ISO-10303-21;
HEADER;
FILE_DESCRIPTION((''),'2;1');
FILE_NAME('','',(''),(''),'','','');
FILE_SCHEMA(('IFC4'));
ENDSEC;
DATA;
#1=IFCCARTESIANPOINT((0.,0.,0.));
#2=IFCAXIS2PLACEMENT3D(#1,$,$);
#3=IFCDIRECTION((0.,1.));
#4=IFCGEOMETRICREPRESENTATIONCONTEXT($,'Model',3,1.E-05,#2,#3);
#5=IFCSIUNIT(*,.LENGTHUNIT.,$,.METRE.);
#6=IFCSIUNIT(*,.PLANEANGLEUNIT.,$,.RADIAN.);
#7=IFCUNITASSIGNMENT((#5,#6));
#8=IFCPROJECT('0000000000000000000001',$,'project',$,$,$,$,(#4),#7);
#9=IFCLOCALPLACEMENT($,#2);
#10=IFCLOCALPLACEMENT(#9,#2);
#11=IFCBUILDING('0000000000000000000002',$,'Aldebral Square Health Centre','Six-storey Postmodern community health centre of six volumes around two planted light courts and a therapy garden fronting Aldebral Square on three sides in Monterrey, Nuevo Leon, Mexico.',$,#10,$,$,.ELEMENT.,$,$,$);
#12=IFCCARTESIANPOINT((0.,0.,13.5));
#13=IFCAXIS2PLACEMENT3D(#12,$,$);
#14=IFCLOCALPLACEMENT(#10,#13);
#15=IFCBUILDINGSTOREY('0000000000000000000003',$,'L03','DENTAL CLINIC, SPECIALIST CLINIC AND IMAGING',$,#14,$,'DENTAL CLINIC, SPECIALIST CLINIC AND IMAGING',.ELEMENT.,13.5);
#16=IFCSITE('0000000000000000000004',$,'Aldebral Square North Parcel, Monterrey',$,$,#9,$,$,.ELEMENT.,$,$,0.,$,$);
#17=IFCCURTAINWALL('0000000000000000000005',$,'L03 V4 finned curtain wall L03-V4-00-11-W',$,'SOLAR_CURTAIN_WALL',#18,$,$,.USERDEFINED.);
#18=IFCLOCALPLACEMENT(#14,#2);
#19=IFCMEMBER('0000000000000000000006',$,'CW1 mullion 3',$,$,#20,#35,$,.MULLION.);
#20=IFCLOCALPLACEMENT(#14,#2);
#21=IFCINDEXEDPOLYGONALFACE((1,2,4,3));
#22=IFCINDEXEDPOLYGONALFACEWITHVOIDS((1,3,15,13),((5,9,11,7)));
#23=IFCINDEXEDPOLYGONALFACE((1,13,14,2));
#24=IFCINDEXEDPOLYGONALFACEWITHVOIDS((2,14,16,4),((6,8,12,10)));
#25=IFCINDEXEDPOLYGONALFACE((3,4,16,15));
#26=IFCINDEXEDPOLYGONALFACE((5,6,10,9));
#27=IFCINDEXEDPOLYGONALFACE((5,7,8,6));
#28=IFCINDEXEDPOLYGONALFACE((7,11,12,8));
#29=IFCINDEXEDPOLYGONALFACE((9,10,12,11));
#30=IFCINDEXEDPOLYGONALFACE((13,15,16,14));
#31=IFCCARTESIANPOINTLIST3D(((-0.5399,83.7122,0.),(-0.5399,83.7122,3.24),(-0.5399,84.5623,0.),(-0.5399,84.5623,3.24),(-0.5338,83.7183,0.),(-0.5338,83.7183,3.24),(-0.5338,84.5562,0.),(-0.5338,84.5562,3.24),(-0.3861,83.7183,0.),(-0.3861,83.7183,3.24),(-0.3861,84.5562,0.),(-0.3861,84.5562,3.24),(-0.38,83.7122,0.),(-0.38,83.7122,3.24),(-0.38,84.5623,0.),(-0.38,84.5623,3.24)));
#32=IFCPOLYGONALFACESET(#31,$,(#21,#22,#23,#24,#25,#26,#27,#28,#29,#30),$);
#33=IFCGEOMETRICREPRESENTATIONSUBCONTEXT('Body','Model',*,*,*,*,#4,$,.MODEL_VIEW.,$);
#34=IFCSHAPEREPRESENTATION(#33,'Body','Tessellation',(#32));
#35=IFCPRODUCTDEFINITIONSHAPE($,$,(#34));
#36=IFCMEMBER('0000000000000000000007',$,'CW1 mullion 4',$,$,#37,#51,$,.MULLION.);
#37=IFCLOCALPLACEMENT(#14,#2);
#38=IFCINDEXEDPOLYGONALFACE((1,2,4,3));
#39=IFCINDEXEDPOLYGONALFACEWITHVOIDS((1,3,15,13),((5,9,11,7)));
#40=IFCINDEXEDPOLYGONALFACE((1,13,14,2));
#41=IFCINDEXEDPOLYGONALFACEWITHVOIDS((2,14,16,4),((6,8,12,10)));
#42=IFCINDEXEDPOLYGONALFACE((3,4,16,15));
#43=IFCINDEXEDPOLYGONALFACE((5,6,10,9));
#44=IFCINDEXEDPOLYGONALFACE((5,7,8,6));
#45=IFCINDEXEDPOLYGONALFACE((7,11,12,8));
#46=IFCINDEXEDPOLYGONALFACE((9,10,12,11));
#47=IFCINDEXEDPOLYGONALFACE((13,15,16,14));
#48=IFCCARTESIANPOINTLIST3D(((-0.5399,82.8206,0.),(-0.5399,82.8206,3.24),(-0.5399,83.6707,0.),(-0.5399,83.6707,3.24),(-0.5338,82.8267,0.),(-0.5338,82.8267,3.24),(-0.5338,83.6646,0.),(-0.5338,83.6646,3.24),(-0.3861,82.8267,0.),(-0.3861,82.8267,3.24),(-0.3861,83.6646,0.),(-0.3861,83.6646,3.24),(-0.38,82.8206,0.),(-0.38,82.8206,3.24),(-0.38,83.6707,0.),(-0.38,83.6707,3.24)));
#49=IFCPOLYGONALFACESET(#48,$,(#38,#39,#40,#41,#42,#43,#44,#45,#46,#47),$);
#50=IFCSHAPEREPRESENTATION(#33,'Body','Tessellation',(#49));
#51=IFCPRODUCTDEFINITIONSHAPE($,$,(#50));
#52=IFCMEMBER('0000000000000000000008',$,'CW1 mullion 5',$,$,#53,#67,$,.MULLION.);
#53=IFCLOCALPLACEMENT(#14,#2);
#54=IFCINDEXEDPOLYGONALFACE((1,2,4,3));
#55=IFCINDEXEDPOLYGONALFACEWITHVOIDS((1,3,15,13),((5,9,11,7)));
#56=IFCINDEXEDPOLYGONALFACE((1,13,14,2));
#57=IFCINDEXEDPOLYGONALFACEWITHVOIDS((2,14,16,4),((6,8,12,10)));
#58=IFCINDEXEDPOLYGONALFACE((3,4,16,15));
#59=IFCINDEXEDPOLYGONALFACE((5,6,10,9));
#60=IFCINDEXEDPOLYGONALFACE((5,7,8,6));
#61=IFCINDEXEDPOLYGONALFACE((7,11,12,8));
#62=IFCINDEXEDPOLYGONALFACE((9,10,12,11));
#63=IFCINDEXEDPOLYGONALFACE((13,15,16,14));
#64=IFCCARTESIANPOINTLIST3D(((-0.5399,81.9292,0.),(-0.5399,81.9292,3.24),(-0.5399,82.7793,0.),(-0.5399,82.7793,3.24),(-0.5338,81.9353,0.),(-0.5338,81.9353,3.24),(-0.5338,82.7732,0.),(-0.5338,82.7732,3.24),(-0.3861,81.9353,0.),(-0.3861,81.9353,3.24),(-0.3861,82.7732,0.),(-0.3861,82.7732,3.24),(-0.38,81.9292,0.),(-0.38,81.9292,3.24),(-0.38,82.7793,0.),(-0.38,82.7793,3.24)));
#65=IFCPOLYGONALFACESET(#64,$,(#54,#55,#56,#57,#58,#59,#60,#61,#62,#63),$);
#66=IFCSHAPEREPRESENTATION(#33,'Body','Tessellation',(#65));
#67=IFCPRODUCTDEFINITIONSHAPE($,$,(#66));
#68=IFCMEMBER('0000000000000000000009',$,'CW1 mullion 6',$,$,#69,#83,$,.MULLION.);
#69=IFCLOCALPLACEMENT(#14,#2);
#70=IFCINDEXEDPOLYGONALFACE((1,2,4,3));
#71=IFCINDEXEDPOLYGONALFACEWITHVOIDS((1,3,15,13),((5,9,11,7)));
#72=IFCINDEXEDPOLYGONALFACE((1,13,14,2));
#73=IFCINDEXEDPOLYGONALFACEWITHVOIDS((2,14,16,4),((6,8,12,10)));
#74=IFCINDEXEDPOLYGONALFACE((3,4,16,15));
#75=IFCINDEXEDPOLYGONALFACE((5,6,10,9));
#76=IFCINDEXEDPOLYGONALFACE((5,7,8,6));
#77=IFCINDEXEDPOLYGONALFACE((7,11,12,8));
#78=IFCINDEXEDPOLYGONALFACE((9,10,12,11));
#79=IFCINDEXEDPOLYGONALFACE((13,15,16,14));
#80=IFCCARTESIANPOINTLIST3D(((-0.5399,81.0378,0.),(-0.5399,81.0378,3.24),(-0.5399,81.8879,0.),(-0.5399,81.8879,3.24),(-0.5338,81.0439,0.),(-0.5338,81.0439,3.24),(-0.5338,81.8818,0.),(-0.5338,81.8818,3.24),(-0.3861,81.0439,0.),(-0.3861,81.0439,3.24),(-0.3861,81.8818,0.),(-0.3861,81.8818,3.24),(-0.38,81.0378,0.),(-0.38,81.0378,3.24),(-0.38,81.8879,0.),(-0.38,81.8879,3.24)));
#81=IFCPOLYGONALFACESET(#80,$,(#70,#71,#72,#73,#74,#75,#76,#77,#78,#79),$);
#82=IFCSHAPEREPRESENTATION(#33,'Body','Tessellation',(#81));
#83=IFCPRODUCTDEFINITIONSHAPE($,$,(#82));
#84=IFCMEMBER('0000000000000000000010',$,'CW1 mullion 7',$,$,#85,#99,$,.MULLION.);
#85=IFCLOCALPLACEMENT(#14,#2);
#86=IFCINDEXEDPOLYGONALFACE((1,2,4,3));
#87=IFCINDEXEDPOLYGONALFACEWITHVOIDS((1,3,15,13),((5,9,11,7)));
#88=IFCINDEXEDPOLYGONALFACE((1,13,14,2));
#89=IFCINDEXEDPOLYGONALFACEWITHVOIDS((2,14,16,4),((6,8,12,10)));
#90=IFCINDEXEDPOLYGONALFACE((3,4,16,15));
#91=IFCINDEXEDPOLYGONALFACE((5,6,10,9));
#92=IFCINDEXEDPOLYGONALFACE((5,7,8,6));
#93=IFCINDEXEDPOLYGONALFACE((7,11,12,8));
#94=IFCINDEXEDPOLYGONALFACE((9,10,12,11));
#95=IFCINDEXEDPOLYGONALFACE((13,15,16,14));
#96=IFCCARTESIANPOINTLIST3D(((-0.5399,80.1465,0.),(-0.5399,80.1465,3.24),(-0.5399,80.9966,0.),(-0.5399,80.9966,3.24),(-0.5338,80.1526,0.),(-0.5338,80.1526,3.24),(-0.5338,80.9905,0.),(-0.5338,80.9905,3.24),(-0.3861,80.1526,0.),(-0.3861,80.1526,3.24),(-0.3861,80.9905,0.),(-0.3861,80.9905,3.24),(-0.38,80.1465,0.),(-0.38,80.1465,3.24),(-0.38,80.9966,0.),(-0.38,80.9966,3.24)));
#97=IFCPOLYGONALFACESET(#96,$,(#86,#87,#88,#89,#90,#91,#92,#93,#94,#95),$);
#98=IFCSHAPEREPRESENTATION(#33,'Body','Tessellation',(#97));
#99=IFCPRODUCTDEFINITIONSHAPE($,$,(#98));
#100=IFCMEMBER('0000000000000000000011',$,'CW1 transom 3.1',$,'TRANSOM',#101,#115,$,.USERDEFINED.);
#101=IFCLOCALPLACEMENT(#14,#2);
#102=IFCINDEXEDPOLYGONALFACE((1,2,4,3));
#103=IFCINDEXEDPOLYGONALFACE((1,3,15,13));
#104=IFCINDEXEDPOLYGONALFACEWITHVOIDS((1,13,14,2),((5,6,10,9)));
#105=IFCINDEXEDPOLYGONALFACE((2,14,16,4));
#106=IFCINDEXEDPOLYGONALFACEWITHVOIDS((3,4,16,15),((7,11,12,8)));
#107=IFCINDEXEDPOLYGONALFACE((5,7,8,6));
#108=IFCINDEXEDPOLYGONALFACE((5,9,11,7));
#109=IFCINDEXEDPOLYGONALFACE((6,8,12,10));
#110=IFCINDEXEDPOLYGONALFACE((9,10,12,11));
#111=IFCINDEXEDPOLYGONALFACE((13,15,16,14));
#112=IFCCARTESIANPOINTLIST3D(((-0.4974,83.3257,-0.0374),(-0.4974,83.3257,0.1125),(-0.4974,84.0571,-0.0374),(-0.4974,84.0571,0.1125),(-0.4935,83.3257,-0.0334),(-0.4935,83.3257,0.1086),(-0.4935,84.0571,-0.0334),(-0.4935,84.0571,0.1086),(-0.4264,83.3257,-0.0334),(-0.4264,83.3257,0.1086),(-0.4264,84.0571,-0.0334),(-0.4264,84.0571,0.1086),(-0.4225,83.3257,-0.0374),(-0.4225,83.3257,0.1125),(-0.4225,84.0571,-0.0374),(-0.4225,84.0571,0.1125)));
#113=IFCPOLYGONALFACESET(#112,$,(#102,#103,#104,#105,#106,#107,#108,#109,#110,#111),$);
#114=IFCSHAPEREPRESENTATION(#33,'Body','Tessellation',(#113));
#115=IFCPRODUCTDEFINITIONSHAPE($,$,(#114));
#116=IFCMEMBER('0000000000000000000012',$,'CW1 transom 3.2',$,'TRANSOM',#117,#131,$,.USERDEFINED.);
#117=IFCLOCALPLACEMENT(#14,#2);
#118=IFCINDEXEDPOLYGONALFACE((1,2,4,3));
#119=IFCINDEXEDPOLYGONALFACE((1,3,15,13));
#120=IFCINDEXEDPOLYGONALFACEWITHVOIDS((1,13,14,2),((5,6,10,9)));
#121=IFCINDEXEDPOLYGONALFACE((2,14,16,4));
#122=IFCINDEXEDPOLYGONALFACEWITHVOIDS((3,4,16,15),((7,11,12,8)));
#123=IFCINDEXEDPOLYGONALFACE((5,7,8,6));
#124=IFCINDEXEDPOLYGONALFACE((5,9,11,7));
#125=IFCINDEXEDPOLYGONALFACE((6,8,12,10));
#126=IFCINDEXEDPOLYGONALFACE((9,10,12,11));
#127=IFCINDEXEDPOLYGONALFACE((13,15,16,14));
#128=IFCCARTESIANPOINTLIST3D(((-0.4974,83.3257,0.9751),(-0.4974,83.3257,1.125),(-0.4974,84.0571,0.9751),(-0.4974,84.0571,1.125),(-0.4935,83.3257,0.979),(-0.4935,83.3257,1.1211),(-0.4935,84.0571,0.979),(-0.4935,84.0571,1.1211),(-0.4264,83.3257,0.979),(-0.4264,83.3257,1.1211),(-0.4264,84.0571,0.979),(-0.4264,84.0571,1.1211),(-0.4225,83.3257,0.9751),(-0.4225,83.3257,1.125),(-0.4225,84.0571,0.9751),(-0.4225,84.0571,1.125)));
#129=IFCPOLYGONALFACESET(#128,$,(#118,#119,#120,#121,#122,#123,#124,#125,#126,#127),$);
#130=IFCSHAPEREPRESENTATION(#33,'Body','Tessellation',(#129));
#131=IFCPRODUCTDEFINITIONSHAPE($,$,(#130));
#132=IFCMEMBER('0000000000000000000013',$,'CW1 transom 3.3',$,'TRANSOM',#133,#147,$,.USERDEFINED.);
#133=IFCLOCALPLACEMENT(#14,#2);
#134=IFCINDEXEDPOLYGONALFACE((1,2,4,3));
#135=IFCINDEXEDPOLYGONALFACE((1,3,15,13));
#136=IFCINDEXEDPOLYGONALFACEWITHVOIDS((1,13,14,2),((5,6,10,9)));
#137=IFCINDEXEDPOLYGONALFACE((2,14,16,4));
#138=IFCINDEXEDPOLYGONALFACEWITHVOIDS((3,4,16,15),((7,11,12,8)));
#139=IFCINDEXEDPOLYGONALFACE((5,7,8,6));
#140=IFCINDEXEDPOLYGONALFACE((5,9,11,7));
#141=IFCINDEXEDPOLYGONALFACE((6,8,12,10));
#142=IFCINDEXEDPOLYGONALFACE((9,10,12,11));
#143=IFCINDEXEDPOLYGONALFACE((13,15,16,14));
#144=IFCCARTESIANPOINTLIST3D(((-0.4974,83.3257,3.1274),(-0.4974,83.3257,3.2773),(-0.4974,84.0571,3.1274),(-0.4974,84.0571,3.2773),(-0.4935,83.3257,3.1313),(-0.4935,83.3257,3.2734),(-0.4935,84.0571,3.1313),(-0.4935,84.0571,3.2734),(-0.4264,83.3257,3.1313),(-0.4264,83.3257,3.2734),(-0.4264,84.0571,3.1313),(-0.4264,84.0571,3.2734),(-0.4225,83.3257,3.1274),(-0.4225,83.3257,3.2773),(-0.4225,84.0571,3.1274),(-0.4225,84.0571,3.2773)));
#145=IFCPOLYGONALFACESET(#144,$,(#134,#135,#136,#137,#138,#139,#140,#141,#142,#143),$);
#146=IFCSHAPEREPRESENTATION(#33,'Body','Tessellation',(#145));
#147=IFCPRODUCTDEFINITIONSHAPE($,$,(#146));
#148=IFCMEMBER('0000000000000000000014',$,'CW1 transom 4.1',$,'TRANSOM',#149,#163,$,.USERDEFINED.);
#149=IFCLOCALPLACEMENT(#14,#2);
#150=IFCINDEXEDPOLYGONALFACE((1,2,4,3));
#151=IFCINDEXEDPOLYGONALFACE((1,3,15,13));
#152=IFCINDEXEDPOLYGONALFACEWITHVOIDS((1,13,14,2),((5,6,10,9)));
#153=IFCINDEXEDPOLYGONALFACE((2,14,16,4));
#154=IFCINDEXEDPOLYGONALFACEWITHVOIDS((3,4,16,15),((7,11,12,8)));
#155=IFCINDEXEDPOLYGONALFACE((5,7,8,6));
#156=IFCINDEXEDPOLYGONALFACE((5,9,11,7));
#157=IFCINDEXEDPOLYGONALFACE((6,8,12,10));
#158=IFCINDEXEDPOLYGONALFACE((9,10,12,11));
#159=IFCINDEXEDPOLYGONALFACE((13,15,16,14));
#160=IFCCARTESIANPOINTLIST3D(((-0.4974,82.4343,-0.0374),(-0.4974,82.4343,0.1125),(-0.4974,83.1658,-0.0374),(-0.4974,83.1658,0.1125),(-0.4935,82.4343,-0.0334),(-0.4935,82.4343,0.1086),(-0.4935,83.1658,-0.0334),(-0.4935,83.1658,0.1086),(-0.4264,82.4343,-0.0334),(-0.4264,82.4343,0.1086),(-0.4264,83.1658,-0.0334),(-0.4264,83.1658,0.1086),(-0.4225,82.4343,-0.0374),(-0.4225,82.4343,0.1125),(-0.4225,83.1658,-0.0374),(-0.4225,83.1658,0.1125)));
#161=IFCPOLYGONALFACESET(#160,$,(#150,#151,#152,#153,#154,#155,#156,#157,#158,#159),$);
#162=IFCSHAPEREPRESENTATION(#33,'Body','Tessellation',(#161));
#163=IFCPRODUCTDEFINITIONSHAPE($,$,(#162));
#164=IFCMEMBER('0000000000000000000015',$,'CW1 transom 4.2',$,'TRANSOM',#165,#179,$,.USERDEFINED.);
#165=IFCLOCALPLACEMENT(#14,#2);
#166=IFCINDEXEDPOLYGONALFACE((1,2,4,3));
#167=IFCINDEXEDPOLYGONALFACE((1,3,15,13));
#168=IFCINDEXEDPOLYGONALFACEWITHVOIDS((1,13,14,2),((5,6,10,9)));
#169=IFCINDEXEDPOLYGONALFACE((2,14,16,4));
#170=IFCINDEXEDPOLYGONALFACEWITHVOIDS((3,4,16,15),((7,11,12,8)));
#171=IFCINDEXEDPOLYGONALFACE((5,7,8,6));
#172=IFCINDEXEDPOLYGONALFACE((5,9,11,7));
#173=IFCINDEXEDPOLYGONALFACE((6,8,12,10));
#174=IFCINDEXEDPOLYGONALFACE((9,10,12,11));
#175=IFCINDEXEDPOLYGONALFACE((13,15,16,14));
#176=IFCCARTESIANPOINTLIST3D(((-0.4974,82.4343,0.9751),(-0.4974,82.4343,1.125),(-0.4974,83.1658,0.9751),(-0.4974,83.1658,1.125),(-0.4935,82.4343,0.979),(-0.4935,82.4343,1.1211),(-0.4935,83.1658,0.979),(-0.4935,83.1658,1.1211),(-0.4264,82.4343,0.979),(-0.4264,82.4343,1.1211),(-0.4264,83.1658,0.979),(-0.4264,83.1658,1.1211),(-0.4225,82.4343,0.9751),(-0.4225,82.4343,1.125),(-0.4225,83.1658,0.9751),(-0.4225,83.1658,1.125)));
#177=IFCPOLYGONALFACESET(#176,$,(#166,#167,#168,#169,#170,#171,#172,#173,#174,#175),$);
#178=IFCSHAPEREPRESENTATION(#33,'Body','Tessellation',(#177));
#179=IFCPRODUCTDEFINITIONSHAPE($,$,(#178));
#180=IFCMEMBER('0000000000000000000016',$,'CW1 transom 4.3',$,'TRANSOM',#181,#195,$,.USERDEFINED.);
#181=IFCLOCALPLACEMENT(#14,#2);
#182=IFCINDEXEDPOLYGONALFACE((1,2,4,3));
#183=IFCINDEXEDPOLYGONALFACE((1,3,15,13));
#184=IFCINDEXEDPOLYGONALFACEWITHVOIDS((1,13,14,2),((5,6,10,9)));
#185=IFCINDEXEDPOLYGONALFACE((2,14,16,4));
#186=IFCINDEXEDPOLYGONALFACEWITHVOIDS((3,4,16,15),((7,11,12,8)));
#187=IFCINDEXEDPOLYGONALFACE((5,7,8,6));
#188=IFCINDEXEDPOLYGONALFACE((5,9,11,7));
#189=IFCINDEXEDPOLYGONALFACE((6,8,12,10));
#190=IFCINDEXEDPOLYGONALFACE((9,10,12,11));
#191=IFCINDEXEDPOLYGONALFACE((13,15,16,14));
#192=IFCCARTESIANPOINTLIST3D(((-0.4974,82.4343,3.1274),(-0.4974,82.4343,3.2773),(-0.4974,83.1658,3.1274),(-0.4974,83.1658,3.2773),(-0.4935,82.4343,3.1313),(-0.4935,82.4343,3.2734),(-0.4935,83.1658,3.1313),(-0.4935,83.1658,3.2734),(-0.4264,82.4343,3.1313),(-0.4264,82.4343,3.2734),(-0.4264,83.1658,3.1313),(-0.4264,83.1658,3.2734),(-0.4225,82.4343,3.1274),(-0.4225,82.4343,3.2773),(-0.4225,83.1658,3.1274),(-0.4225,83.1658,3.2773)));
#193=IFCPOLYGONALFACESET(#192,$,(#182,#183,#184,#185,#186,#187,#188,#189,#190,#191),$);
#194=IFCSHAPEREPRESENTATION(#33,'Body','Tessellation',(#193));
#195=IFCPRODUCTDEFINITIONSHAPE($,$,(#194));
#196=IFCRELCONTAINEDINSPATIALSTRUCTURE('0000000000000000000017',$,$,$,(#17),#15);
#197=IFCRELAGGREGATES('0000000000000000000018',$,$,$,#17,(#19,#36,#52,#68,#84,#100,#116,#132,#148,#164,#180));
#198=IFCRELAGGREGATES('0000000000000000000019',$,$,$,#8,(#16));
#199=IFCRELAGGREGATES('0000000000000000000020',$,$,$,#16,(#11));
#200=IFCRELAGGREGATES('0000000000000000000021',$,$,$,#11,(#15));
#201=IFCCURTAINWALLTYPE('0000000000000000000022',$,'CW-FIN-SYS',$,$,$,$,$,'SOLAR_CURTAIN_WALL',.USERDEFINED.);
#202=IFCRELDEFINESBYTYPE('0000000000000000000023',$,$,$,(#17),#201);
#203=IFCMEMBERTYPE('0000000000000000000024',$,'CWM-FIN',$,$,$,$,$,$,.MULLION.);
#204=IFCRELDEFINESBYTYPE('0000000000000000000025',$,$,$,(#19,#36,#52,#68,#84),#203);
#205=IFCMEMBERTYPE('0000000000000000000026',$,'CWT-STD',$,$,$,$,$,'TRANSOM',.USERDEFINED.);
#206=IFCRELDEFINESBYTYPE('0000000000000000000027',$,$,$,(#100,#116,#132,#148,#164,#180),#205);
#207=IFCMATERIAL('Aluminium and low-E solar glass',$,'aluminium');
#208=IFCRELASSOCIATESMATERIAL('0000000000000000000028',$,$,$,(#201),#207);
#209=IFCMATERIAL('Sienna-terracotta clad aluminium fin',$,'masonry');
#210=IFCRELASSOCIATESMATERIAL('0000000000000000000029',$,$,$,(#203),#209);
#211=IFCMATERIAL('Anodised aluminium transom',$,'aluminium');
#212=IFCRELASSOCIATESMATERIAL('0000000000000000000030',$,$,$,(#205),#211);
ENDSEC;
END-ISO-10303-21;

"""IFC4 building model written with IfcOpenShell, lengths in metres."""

from ifc_helpers import new_model, si_unit, direction, frame, origin, origin_2d, place, context, subcontext, project, spatial, hollow_rectangle, extrude, material, material_profile, profile_set, type_object, element, aggregate, save


model = new_model("IFC4")

# Units and contexts
model_context = context("Model", 3, precision=1e-05, world=origin(), true_north=direction((0.0, 1.0)))
body_context = subcontext(model_context, "Body", "Model", "MODEL_VIEW")
ifc_project = project(units=[si_unit("LENGTHUNIT", "METRE"), si_unit("PLANEANGLEUNIT", "RADIAN")], contexts=[model_context])

# Site, building, storey
site_placement = place(None, origin())
site = spatial("IfcSite", under=ifc_project, at=site_placement, Name="Aldebral Square North Parcel, Monterrey", CompositionType="ELEMENT", RefElevation=0.0)
building_placement = place(site_placement, origin())
building = spatial("IfcBuilding", under=site, at=building_placement, Name="Aldebral Square Health Centre", Description="Six-storey Postmodern community health centre of six volumes around two planted light courts and a therapy garden fronting Aldebral Square on three sides in Monterrey, Nuevo Leon, Mexico.", CompositionType="ELEMENT")
storey_placement = place(building_placement, frame((0.0, 0.0, 13.5)))
storey = spatial("IfcBuildingStorey", under=building, at=storey_placement, Name="L03", Description="DENTAL CLINIC, SPECIALIST CLINIC AND IMAGING", LongName="DENTAL CLINIC, SPECIALIST CLINIC AND IMAGING", CompositionType="ELEMENT", Elevation=13.5)

# Curtain wall, members
ifc_material_1 = material(Name="Aluminium and low-E solar glass", Category="aluminium")
curtain_wall_type = type_object("IfcCurtainWallType", Name="CW-FIN-SYS", ElementType="SOLAR_CURTAIN_WALL", PredefinedType="USERDEFINED", material=ifc_material_1)
curtain_wall_placement = place(storey_placement, origin())
curtain_wall = element("IfcCurtainWall", 1, at=curtain_wall_placement, inside=storey, type_object=curtain_wall_type, Name="L03 V4 finned curtain wall L03-V4-00-11-W", ObjectType="SOLAR_CURTAIN_WALL", PredefinedType="USERDEFINED")
ifc_material_2 = material(Name="Sienna-terracotta clad aluminium fin", Category="masonry")
ifc_material_profile_1 = material_profile(ifc_material_2, hollow_rectangle(XDim=0.1599, YDim=0.8501, WallThickness=0.0061, at=origin_2d()), Name="FIN 160x850x6")
ifc_profile_set_1 = profile_set([ifc_material_profile_1], Name="Sienna-terracotta clad aluminium fin")
member_type_1 = type_object("IfcMemberType", Name="CWM-FIN", PredefinedType="MULLION", material=ifc_profile_set_1)
member_1_placement = place(storey_placement, frame((-0.46, 84.1372, 0.0), z_axis=(0.0, 0.0, 1.0), x_axis=(1.0, 0.0, 0.0)))
member_1 = element("IfcMember", 2, at=member_1_placement, type_object=member_type_1, Name="CW1 mullion 3", PredefinedType="MULLION", context=body_context, shape_type="SweptSolid", body=[
    extrude(hollow_rectangle(XDim=0.1599, YDim=0.8501, WallThickness=0.0061, at=origin_2d()), origin(), (0.0, 0.0, 1.0), 3.24),
])
member_2_placement = place(storey_placement, frame((-0.46, 83.2456, 0.0), z_axis=(0.0, 0.0, 1.0), x_axis=(1.0, 0.0, 0.0)))
member_2 = element("IfcMember", 3, at=member_2_placement, type_object=member_type_1, Name="CW1 mullion 4", PredefinedType="MULLION", context=body_context, shape_type="SweptSolid", body=[
    extrude(hollow_rectangle(XDim=0.1599, YDim=0.8501, WallThickness=0.0061, at=origin_2d()), origin(), (0.0, 0.0, 1.0), 3.24),
])
member_3_placement = place(storey_placement, frame((-0.46, 82.3542, 0.0), z_axis=(0.0, 0.0, 1.0), x_axis=(1.0, 0.0, 0.0)))
member_3 = element("IfcMember", 4, at=member_3_placement, type_object=member_type_1, Name="CW1 mullion 5", PredefinedType="MULLION", context=body_context, shape_type="SweptSolid", body=[
    extrude(hollow_rectangle(XDim=0.1599, YDim=0.8501, WallThickness=0.0061, at=origin_2d()), origin(), (0.0, 0.0, 1.0), 3.24),
])
member_4_placement = place(storey_placement, frame((-0.46, 81.4629, 0.0), z_axis=(0.0, 0.0, 1.0), x_axis=(1.0, 0.0, 0.0)))
member_4 = element("IfcMember", 5, at=member_4_placement, type_object=member_type_1, Name="CW1 mullion 6", PredefinedType="MULLION", context=body_context, shape_type="SweptSolid", body=[
    extrude(hollow_rectangle(XDim=0.1599, YDim=0.8501, WallThickness=0.0061, at=origin_2d()), origin(), (0.0, 0.0, 1.0), 3.24),
])
member_5_placement = place(storey_placement, frame((-0.46, 80.5715, 0.0), z_axis=(0.0, 0.0, 1.0), x_axis=(1.0, 0.0, 0.0)))
member_5 = element("IfcMember", 6, at=member_5_placement, type_object=member_type_1, Name="CW1 mullion 7", PredefinedType="MULLION", context=body_context, shape_type="SweptSolid", body=[
    extrude(hollow_rectangle(XDim=0.1599, YDim=0.8501, WallThickness=0.0061, at=origin_2d()), origin(), (0.0, 0.0, 1.0), 3.24),
])
ifc_material_3 = material(Name="Anodised aluminium transom", Category="aluminium")
ifc_material_profile_2 = material_profile(ifc_material_3, hollow_rectangle(XDim=0.075, YDim=0.1499, WallThickness=0.0039, at=origin_2d()), Name="CWT 75x150x4")
ifc_profile_set_2 = profile_set([ifc_material_profile_2], Name="Anodised aluminium transom")
member_type_2 = type_object("IfcMemberType", Name="CWT-STD", ElementType="TRANSOM", PredefinedType="USERDEFINED", material=ifc_profile_set_2)
member_6_placement = place(storey_placement, frame((-0.46, 84.0571, 0.0376), z_axis=(0.0, -1.0, 0.0), x_axis=(1.0, 0.0, 0.0)))
member_6 = element("IfcMember", 7, at=member_6_placement, type_object=member_type_2, Name="CW1 transom 3.1", ObjectType="TRANSOM", PredefinedType="USERDEFINED", context=body_context, shape_type="SweptSolid", body=[
    extrude(hollow_rectangle(XDim=0.075, YDim=0.1499, WallThickness=0.0039, at=origin_2d()), origin(), (0.0, 0.0, 1.0), 0.7314),
])
member_7_placement = place(storey_placement, frame((-0.46, 84.0571, 1.05), z_axis=(0.0, -1.0, 0.0), x_axis=(1.0, 0.0, 0.0)))
member_7 = element("IfcMember", 8, at=member_7_placement, type_object=member_type_2, Name="CW1 transom 3.2", ObjectType="TRANSOM", PredefinedType="USERDEFINED", context=body_context, shape_type="SweptSolid", body=[
    extrude(hollow_rectangle(XDim=0.075, YDim=0.1499, WallThickness=0.0039, at=origin_2d()), origin(), (0.0, 0.0, 1.0), 0.7314),
])
member_8_placement = place(storey_placement, frame((-0.46, 84.0571, 3.2024), z_axis=(0.0, -1.0, 0.0), x_axis=(1.0, 0.0, 0.0)))
member_8 = element("IfcMember", 9, at=member_8_placement, type_object=member_type_2, Name="CW1 transom 3.3", ObjectType="TRANSOM", PredefinedType="USERDEFINED", context=body_context, shape_type="SweptSolid", body=[
    extrude(hollow_rectangle(XDim=0.075, YDim=0.1499, WallThickness=0.0039, at=origin_2d()), origin(), (0.0, 0.0, 1.0), 0.7314),
])
member_9_placement = place(storey_placement, frame((-0.46, 83.1658, 0.0376), z_axis=(0.0, -1.0, 0.0), x_axis=(1.0, 0.0, 0.0)))
member_9 = element("IfcMember", 10, at=member_9_placement, type_object=member_type_2, Name="CW1 transom 4.1", ObjectType="TRANSOM", PredefinedType="USERDEFINED", context=body_context, shape_type="SweptSolid", body=[
    extrude(hollow_rectangle(XDim=0.075, YDim=0.1499, WallThickness=0.0039, at=origin_2d()), origin(), (0.0, 0.0, 1.0), 0.7314),
])
member_10_placement = place(storey_placement, frame((-0.46, 83.1658, 1.05), z_axis=(0.0, -1.0, 0.0), x_axis=(1.0, 0.0, 0.0)))
member_10 = element("IfcMember", 11, at=member_10_placement, type_object=member_type_2, Name="CW1 transom 4.2", ObjectType="TRANSOM", PredefinedType="USERDEFINED", context=body_context, shape_type="SweptSolid", body=[
    extrude(hollow_rectangle(XDim=0.075, YDim=0.1499, WallThickness=0.0039, at=origin_2d()), origin(), (0.0, 0.0, 1.0), 0.7314),
])
member_11_placement = place(storey_placement, frame((-0.46, 83.1658, 3.2024), z_axis=(0.0, -1.0, 0.0), x_axis=(1.0, 0.0, 0.0)))
member_11 = element("IfcMember", 12, at=member_11_placement, type_object=member_type_2, Name="CW1 transom 4.3", ObjectType="TRANSOM", PredefinedType="USERDEFINED", context=body_context, shape_type="SweptSolid", body=[
    extrude(hollow_rectangle(XDim=0.075, YDim=0.1499, WallThickness=0.0039, at=origin_2d()), origin(), (0.0, 0.0, 1.0), 0.7314),
])
aggregate(curtain_wall, [member_1, member_2, member_3, member_4, member_5, member_6, member_7, member_8, member_9, member_10, member_11])

save(model, "model.ifc")
